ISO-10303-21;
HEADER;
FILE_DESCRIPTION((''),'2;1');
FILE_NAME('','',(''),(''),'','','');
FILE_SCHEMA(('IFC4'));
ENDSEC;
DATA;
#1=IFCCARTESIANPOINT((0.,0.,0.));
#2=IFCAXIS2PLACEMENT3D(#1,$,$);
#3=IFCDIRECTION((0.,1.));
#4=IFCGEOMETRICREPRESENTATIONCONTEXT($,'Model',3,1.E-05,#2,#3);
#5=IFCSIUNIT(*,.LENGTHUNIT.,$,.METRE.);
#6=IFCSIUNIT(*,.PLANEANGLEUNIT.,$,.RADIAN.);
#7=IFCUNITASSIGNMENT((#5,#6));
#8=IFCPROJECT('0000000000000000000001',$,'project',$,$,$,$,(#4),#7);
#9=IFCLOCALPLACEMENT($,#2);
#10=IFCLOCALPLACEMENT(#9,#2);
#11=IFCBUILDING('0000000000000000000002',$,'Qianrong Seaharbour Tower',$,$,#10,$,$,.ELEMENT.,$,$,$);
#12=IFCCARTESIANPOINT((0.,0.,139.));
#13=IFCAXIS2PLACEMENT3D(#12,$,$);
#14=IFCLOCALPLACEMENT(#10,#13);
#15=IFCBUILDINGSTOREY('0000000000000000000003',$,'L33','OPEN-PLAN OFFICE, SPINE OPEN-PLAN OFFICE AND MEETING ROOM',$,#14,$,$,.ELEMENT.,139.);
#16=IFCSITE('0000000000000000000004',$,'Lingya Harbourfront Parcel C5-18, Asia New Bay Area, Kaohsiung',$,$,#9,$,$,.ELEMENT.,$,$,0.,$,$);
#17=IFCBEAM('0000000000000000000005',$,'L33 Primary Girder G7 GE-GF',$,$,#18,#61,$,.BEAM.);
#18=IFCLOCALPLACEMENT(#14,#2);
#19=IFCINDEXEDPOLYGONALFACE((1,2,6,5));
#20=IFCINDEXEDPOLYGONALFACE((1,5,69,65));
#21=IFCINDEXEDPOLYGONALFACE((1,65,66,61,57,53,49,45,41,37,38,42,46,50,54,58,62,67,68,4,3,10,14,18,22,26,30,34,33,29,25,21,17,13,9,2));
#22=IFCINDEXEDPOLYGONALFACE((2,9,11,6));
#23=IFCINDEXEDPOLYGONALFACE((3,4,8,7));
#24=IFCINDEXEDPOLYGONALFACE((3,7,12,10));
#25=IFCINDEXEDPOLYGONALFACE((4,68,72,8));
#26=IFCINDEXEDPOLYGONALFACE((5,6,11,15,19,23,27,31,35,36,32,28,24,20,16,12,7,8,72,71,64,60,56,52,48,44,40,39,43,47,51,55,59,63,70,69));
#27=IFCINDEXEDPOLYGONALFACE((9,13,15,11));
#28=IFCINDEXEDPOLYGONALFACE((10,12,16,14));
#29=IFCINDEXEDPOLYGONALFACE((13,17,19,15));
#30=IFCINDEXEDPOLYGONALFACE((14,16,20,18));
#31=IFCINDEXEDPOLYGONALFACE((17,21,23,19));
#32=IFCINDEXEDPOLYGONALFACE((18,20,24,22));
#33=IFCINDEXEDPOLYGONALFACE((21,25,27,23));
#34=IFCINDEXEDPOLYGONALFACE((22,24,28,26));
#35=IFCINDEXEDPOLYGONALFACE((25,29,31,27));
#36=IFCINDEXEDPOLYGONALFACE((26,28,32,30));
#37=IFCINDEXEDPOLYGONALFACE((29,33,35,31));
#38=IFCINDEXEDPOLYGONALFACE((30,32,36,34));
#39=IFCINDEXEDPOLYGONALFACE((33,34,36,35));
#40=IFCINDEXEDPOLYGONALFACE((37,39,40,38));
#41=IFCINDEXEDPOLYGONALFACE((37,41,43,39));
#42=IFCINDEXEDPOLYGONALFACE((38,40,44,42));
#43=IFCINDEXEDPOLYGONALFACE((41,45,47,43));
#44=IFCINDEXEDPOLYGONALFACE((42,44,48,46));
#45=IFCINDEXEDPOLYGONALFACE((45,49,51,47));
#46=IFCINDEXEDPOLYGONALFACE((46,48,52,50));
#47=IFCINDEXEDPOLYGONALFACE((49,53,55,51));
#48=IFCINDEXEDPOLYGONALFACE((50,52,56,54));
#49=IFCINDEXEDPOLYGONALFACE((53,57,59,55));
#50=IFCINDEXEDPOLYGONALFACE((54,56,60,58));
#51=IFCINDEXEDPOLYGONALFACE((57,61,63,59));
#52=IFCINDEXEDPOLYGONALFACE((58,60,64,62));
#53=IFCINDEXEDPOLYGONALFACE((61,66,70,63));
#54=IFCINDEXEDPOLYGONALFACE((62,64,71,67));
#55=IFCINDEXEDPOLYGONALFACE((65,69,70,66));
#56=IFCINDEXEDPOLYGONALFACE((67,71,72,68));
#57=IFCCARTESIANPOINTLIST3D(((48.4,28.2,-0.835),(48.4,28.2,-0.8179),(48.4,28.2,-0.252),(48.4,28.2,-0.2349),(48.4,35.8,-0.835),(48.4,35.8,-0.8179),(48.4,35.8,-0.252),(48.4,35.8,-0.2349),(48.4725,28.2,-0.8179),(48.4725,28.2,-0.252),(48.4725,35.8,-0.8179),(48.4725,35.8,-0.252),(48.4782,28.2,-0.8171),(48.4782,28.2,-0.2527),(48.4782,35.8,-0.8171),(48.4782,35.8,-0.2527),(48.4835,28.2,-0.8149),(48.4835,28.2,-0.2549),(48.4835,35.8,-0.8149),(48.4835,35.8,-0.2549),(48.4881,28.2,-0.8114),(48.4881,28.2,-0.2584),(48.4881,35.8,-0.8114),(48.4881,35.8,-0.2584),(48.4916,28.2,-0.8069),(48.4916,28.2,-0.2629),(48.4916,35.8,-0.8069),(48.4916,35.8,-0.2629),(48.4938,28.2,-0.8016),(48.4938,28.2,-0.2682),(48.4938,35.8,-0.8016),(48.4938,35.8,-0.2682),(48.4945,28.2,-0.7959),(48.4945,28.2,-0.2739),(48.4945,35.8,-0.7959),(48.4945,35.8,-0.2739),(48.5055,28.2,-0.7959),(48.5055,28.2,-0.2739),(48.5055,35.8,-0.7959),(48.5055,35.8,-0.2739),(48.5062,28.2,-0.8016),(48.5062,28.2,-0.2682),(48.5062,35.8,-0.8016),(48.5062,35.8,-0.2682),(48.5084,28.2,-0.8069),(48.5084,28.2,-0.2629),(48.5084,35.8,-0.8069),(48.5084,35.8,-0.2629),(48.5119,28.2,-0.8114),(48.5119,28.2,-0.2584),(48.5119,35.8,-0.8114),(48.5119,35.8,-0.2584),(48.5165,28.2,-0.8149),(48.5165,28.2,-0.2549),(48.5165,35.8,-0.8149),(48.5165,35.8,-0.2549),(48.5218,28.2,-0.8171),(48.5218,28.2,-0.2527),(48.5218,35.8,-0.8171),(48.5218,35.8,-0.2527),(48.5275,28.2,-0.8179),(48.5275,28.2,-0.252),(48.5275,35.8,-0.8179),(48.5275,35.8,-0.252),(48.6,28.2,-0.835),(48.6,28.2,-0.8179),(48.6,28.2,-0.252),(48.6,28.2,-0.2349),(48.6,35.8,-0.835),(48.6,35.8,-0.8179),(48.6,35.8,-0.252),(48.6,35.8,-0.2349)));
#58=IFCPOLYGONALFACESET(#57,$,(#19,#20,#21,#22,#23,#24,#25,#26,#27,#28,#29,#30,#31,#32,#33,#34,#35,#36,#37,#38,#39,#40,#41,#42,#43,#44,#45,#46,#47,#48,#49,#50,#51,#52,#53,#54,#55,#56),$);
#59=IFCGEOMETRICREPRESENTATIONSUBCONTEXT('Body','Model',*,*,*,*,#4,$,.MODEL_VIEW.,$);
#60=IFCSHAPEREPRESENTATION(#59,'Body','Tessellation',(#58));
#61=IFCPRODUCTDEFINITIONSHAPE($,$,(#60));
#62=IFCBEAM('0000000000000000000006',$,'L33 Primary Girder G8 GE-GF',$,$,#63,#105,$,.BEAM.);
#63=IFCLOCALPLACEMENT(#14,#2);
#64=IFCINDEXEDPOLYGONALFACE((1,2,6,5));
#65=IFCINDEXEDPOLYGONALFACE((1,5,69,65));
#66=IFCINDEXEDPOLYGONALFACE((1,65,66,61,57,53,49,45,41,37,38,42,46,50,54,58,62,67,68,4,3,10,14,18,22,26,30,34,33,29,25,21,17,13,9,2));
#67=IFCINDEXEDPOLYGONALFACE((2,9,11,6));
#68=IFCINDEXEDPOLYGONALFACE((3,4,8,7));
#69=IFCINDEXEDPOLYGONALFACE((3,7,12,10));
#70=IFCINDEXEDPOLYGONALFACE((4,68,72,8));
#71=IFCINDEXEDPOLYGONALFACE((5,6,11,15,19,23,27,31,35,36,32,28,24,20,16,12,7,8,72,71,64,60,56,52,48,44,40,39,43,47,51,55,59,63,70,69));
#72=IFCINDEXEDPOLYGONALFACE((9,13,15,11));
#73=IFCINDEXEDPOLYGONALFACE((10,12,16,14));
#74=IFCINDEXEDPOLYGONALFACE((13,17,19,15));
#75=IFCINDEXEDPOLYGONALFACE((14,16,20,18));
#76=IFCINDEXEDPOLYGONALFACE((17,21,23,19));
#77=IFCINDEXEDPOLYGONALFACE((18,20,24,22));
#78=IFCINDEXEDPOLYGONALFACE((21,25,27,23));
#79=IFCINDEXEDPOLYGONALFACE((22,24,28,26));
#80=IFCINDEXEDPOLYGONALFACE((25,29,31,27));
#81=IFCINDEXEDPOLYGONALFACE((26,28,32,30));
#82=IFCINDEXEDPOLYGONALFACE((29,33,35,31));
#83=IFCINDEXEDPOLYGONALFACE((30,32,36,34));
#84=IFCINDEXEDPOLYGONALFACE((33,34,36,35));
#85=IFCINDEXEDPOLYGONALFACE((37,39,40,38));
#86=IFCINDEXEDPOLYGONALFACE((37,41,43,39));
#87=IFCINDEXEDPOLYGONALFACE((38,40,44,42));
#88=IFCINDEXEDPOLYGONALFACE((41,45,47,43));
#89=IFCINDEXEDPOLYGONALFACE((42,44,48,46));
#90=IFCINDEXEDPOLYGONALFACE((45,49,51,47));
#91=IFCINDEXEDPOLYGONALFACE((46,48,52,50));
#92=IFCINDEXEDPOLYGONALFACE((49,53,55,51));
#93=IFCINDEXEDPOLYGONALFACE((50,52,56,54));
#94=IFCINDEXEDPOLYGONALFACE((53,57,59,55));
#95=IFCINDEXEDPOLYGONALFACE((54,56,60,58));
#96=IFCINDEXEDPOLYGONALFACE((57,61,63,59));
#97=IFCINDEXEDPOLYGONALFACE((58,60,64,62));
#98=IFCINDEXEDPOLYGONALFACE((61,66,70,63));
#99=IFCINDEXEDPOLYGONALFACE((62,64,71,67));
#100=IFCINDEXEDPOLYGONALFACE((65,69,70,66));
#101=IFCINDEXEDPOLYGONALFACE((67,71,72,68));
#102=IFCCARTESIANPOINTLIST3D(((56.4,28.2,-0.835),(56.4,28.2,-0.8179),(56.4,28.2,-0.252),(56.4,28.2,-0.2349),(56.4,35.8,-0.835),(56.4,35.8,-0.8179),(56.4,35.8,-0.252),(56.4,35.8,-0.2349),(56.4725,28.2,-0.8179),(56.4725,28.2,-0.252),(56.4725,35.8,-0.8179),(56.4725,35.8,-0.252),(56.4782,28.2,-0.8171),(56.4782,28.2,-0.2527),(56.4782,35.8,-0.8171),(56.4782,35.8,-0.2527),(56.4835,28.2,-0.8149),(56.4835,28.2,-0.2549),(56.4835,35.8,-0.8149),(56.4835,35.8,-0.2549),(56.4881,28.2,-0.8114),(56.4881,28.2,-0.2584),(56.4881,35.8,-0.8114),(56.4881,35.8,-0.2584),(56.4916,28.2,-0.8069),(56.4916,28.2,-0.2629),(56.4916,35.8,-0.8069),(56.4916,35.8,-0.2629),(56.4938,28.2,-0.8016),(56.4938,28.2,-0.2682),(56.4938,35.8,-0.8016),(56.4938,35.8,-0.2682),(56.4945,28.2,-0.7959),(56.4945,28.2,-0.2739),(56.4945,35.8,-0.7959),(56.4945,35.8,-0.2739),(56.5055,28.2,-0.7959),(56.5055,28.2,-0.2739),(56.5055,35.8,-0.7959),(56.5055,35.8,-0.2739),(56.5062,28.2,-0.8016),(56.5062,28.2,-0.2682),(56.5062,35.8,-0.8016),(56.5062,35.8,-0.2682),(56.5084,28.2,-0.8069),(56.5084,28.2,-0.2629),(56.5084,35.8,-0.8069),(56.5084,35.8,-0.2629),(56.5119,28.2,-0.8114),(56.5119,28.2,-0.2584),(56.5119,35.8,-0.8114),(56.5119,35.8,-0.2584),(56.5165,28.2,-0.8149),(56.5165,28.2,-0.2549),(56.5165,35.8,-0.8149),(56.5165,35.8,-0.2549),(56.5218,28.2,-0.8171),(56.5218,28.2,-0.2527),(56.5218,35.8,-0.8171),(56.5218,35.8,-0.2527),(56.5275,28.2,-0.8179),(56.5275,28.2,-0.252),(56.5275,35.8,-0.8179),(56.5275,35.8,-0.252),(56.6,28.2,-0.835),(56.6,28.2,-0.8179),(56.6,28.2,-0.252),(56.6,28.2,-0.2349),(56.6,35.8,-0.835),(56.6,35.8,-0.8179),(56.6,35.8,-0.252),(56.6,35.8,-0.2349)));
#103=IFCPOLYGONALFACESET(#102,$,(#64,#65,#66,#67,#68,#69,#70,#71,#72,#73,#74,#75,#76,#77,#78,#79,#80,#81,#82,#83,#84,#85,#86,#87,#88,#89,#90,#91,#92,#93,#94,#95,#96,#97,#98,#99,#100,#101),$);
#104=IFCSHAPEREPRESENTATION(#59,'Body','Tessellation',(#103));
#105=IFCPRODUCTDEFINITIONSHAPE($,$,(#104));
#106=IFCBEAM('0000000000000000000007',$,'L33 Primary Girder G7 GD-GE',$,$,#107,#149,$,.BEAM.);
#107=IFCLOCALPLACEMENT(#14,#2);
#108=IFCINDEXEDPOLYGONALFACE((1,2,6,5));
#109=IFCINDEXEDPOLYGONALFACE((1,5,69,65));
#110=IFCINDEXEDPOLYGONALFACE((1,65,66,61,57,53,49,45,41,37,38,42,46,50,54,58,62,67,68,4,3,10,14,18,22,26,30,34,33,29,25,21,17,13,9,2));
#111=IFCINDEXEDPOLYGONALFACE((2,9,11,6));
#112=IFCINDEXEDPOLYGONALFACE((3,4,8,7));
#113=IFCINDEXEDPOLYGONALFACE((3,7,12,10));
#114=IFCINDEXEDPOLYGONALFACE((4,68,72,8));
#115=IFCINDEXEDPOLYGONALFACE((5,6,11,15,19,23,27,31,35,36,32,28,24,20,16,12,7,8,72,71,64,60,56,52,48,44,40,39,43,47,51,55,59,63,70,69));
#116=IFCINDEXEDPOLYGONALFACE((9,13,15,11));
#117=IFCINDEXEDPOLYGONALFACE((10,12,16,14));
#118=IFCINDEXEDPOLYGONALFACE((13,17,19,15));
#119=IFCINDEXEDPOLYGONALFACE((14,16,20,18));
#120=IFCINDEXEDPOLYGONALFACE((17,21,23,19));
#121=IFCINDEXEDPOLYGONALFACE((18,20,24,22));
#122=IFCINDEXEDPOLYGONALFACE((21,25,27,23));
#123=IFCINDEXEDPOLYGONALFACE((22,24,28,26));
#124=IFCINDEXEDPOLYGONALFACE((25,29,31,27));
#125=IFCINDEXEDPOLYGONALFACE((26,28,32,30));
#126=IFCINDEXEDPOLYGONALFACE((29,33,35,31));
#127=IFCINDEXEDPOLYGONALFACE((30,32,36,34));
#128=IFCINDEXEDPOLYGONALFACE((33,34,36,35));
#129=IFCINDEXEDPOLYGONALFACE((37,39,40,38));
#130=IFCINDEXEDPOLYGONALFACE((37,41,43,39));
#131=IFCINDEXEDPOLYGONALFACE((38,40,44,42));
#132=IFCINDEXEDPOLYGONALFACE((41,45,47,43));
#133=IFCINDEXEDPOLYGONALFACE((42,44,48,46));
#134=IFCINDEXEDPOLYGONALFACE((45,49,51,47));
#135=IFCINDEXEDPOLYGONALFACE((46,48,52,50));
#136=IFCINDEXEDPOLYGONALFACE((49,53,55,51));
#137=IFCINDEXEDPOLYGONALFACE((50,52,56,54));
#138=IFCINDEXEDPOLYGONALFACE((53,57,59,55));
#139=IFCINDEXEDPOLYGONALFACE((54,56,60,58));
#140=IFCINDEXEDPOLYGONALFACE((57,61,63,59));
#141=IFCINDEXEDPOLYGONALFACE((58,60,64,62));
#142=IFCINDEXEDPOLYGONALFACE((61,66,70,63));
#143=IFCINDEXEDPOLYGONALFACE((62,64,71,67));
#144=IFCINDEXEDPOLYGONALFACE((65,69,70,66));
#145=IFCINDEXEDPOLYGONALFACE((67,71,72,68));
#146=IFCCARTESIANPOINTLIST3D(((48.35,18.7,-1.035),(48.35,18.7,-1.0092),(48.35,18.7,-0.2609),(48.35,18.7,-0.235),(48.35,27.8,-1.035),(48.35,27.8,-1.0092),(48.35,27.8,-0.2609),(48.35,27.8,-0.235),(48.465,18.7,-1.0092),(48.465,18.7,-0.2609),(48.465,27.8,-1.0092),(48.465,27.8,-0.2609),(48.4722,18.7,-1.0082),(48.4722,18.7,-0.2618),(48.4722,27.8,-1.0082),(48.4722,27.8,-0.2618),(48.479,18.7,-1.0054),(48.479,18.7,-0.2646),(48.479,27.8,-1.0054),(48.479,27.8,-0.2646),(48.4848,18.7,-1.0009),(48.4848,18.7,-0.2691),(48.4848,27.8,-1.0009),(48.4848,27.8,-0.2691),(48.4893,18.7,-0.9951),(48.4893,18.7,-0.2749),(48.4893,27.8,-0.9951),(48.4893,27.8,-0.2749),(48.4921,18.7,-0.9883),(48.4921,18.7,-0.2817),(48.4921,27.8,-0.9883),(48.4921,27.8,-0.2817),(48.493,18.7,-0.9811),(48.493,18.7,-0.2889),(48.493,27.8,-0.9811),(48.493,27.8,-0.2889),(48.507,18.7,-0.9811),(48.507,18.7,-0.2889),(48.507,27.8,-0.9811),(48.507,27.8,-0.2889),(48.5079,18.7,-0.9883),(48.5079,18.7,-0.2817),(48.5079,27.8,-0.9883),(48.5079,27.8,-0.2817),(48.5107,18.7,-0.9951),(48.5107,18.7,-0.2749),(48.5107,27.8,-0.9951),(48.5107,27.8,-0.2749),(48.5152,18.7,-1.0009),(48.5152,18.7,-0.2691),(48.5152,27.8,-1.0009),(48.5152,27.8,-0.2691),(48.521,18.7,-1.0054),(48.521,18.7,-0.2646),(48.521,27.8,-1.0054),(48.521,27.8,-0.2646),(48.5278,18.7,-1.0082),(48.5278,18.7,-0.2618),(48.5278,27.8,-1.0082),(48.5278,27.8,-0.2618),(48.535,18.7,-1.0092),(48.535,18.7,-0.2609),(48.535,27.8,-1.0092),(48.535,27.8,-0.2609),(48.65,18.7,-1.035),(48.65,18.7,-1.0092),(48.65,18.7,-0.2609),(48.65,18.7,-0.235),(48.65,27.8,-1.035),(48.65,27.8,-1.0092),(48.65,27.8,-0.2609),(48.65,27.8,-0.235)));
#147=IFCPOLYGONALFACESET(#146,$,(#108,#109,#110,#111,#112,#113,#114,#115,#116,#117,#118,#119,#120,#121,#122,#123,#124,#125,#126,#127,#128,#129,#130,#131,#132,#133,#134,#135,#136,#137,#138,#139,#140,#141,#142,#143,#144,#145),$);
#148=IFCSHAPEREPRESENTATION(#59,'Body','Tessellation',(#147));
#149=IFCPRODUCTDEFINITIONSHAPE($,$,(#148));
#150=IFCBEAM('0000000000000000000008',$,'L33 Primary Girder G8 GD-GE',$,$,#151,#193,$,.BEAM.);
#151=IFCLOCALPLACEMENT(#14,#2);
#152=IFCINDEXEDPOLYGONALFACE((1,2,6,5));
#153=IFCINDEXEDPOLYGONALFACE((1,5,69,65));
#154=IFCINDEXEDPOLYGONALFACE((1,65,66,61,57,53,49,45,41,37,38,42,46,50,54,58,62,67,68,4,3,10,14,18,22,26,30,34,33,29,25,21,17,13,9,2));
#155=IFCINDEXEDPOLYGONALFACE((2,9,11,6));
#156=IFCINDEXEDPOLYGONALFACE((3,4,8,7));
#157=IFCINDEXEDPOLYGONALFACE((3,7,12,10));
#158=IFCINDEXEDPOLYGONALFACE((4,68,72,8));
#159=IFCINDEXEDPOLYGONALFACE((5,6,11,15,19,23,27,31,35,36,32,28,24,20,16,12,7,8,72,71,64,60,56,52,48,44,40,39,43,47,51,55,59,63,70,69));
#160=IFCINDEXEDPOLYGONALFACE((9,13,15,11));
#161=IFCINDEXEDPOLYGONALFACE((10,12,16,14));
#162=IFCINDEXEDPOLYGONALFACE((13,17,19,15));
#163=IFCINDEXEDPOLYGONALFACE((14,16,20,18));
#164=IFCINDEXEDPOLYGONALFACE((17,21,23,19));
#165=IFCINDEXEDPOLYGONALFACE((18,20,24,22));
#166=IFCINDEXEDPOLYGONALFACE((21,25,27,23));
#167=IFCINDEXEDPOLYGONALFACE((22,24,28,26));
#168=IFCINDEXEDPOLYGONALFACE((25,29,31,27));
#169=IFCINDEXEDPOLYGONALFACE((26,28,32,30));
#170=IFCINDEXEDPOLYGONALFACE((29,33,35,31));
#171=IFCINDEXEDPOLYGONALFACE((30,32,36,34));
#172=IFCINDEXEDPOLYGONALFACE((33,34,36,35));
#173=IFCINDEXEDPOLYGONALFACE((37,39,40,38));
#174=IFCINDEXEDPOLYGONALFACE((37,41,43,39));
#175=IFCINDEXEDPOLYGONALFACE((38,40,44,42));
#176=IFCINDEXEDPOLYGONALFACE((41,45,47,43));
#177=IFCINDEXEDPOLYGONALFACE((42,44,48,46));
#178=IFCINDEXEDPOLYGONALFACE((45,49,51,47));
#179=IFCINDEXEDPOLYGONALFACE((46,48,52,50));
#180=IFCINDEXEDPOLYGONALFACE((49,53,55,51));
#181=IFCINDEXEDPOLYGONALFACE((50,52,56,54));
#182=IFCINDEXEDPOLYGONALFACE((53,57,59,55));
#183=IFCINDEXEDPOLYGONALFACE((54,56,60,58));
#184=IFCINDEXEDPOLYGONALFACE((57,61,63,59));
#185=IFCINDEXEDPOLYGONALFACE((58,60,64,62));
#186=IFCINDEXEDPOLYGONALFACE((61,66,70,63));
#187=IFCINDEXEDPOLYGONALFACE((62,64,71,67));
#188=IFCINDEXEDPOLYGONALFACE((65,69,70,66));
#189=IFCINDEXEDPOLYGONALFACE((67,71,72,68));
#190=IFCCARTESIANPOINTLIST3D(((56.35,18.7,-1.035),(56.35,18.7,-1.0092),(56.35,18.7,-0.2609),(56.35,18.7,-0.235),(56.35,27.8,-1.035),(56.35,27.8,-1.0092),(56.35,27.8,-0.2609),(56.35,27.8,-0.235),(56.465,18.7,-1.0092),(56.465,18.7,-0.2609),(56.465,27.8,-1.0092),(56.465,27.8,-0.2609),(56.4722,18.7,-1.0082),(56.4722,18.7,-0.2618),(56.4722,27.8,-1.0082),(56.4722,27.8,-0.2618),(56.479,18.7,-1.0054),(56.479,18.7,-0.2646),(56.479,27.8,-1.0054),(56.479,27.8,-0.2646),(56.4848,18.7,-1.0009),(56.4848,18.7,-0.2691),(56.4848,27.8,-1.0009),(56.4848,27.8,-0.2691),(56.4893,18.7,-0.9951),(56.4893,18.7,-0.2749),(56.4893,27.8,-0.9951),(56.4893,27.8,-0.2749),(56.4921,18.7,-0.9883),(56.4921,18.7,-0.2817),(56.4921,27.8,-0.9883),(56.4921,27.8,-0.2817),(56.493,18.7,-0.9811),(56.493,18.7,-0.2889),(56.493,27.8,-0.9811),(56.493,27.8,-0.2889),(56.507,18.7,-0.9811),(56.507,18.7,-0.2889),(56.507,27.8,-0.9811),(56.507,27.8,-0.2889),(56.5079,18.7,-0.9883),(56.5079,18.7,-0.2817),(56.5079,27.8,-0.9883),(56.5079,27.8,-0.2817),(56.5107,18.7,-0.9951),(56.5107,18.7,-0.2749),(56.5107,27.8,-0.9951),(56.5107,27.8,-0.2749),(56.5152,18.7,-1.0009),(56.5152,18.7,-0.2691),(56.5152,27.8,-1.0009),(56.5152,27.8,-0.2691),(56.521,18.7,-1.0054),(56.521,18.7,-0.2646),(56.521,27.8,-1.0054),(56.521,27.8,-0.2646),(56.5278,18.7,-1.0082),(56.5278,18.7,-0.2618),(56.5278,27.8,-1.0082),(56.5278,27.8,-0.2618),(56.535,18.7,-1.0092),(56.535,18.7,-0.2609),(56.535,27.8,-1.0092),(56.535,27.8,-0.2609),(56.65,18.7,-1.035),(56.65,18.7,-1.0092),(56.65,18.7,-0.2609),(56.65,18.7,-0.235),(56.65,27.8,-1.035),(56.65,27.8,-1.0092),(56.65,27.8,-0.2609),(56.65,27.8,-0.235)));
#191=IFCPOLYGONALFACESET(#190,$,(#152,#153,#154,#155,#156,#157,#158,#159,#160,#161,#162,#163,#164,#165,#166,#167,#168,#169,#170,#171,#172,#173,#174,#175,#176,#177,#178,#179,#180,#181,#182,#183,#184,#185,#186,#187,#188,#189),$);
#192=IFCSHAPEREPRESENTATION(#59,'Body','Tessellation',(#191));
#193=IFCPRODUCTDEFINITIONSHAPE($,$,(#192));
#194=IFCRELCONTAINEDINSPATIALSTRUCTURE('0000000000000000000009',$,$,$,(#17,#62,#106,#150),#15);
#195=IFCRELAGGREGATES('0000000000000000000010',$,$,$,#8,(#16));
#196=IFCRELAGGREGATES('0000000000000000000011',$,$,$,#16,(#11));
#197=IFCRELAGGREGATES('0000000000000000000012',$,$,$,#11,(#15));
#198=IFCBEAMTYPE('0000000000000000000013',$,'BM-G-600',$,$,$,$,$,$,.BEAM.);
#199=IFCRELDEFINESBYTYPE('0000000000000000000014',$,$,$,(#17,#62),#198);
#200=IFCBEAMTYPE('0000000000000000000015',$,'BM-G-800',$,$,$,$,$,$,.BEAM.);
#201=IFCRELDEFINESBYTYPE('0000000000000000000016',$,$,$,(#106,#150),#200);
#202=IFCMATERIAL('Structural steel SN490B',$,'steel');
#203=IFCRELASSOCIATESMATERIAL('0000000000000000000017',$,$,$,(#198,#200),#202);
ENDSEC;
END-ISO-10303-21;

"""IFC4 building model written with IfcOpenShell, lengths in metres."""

from ifc_helpers import new_model, si_unit, direction, frame, origin, origin_2d, place, context, subcontext, project, spatial, i_section, extrude, material, material_profile, profile_set, type_object, element, save


model = new_model("IFC4")

# Units and contexts
model_context = context("Model", 3, precision=1e-05, world=origin(), true_north=direction((0.0, 1.0)))
body_context = subcontext(model_context, "Body", "Model", "MODEL_VIEW")
ifc_project = project(units=[si_unit("LENGTHUNIT", "METRE"), si_unit("PLANEANGLEUNIT", "RADIAN")], contexts=[model_context])

# Site, building, storey
site_placement = place(None, origin())
site = spatial("IfcSite", under=ifc_project, at=site_placement, Name="Lingya Harbourfront Parcel C5-18, Asia New Bay Area, Kaohsiung", CompositionType="ELEMENT", RefElevation=0.0)
building_placement = place(site_placement, origin())
building = spatial("IfcBuilding", under=site, at=building_placement, Name="Qianrong Seaharbour Tower", CompositionType="ELEMENT")
storey_placement = place(building_placement, frame((0.0, 0.0, 139.0)))
storey = spatial("IfcBuildingStorey", under=building, at=storey_placement, Name="L33", Description="OPEN-PLAN OFFICE, SPINE OPEN-PLAN OFFICE AND MEETING ROOM", CompositionType="ELEMENT", Elevation=139.0)

# Shared definitions
ifc_material_1 = material(Name="Structural steel SN490B", Category="steel")

# Beams
ifc_material_profile_1 = material_profile(ifc_material_1, i_section(OverallWidth=0.2, OverallDepth=0.6001, WebThickness=0.011, FlangeThickness=0.0171, FilletRadius=0.022, at=origin_2d()), Name="H600x200x11x17")
ifc_profile_set_1 = profile_set([ifc_material_profile_1], Name="Structural steel SN490B")
beam_type_1 = type_object("IfcBeamType", Name="BM-G-600", PredefinedType="BEAM", material=ifc_profile_set_1)
for number, where, z_axis, x_axis, name in (
    (1, (48.5, 28.2, -0.5349), (0.0, 1.0, 0.0), (-1.0, 0.0, 0.0), "L33 Primary Girder G7 GE-GF"),
    (2, (56.5, 28.2, -0.5349), (0.0, 1.0, 0.0), (-1.0, 0.0, 0.0), "L33 Primary Girder G8 GE-GF"),
):
    element("IfcBeam", number, at=place(storey_placement, frame(where, z_axis=z_axis, x_axis=x_axis)), inside=storey, type_object=beam_type_1, Name=name, PredefinedType="BEAM", context=body_context, shape_type="SweptSolid", body=[
        extrude(i_section(OverallWidth=0.2, OverallDepth=0.6001, WebThickness=0.011, FlangeThickness=0.0171, FilletRadius=0.022, at=origin_2d()), origin(), (0.0, 0.0, 1.0), 7.6001),
    ])
ifc_material_profile_2 = material_profile(ifc_material_1, i_section(OverallWidth=0.3, OverallDepth=0.8, WebThickness=0.0139, FlangeThickness=0.0259, FilletRadius=0.0281, at=origin_2d()), Name="H800x300x14x26")
ifc_profile_set_2 = profile_set([ifc_material_profile_2], Name="Structural steel SN490B")
beam_type_2 = type_object("IfcBeamType", Name="BM-G-800", PredefinedType="BEAM", material=ifc_profile_set_2)
for number, where, z_axis, x_axis, name in (
    (3, (48.5, 18.7, -0.635), (0.0, 1.0, 0.0), (-1.0, 0.0, 0.0), "L33 Primary Girder G7 GD-GE"),
    (4, (56.5, 18.7, -0.635), (0.0, 1.0, 0.0), (-1.0, 0.0, 0.0), "L33 Primary Girder G8 GD-GE"),
):
    element("IfcBeam", number, at=place(storey_placement, frame(where, z_axis=z_axis, x_axis=x_axis)), inside=storey, type_object=beam_type_2, Name=name, PredefinedType="BEAM", context=body_context, shape_type="SweptSolid", body=[
        extrude(i_section(OverallWidth=0.3, OverallDepth=0.8, WebThickness=0.0139, FlangeThickness=0.0259, FilletRadius=0.0281, at=origin_2d()), origin(), (0.0, 0.0, 1.0), 9.1001),
    ])

save(model, "model.ifc")
